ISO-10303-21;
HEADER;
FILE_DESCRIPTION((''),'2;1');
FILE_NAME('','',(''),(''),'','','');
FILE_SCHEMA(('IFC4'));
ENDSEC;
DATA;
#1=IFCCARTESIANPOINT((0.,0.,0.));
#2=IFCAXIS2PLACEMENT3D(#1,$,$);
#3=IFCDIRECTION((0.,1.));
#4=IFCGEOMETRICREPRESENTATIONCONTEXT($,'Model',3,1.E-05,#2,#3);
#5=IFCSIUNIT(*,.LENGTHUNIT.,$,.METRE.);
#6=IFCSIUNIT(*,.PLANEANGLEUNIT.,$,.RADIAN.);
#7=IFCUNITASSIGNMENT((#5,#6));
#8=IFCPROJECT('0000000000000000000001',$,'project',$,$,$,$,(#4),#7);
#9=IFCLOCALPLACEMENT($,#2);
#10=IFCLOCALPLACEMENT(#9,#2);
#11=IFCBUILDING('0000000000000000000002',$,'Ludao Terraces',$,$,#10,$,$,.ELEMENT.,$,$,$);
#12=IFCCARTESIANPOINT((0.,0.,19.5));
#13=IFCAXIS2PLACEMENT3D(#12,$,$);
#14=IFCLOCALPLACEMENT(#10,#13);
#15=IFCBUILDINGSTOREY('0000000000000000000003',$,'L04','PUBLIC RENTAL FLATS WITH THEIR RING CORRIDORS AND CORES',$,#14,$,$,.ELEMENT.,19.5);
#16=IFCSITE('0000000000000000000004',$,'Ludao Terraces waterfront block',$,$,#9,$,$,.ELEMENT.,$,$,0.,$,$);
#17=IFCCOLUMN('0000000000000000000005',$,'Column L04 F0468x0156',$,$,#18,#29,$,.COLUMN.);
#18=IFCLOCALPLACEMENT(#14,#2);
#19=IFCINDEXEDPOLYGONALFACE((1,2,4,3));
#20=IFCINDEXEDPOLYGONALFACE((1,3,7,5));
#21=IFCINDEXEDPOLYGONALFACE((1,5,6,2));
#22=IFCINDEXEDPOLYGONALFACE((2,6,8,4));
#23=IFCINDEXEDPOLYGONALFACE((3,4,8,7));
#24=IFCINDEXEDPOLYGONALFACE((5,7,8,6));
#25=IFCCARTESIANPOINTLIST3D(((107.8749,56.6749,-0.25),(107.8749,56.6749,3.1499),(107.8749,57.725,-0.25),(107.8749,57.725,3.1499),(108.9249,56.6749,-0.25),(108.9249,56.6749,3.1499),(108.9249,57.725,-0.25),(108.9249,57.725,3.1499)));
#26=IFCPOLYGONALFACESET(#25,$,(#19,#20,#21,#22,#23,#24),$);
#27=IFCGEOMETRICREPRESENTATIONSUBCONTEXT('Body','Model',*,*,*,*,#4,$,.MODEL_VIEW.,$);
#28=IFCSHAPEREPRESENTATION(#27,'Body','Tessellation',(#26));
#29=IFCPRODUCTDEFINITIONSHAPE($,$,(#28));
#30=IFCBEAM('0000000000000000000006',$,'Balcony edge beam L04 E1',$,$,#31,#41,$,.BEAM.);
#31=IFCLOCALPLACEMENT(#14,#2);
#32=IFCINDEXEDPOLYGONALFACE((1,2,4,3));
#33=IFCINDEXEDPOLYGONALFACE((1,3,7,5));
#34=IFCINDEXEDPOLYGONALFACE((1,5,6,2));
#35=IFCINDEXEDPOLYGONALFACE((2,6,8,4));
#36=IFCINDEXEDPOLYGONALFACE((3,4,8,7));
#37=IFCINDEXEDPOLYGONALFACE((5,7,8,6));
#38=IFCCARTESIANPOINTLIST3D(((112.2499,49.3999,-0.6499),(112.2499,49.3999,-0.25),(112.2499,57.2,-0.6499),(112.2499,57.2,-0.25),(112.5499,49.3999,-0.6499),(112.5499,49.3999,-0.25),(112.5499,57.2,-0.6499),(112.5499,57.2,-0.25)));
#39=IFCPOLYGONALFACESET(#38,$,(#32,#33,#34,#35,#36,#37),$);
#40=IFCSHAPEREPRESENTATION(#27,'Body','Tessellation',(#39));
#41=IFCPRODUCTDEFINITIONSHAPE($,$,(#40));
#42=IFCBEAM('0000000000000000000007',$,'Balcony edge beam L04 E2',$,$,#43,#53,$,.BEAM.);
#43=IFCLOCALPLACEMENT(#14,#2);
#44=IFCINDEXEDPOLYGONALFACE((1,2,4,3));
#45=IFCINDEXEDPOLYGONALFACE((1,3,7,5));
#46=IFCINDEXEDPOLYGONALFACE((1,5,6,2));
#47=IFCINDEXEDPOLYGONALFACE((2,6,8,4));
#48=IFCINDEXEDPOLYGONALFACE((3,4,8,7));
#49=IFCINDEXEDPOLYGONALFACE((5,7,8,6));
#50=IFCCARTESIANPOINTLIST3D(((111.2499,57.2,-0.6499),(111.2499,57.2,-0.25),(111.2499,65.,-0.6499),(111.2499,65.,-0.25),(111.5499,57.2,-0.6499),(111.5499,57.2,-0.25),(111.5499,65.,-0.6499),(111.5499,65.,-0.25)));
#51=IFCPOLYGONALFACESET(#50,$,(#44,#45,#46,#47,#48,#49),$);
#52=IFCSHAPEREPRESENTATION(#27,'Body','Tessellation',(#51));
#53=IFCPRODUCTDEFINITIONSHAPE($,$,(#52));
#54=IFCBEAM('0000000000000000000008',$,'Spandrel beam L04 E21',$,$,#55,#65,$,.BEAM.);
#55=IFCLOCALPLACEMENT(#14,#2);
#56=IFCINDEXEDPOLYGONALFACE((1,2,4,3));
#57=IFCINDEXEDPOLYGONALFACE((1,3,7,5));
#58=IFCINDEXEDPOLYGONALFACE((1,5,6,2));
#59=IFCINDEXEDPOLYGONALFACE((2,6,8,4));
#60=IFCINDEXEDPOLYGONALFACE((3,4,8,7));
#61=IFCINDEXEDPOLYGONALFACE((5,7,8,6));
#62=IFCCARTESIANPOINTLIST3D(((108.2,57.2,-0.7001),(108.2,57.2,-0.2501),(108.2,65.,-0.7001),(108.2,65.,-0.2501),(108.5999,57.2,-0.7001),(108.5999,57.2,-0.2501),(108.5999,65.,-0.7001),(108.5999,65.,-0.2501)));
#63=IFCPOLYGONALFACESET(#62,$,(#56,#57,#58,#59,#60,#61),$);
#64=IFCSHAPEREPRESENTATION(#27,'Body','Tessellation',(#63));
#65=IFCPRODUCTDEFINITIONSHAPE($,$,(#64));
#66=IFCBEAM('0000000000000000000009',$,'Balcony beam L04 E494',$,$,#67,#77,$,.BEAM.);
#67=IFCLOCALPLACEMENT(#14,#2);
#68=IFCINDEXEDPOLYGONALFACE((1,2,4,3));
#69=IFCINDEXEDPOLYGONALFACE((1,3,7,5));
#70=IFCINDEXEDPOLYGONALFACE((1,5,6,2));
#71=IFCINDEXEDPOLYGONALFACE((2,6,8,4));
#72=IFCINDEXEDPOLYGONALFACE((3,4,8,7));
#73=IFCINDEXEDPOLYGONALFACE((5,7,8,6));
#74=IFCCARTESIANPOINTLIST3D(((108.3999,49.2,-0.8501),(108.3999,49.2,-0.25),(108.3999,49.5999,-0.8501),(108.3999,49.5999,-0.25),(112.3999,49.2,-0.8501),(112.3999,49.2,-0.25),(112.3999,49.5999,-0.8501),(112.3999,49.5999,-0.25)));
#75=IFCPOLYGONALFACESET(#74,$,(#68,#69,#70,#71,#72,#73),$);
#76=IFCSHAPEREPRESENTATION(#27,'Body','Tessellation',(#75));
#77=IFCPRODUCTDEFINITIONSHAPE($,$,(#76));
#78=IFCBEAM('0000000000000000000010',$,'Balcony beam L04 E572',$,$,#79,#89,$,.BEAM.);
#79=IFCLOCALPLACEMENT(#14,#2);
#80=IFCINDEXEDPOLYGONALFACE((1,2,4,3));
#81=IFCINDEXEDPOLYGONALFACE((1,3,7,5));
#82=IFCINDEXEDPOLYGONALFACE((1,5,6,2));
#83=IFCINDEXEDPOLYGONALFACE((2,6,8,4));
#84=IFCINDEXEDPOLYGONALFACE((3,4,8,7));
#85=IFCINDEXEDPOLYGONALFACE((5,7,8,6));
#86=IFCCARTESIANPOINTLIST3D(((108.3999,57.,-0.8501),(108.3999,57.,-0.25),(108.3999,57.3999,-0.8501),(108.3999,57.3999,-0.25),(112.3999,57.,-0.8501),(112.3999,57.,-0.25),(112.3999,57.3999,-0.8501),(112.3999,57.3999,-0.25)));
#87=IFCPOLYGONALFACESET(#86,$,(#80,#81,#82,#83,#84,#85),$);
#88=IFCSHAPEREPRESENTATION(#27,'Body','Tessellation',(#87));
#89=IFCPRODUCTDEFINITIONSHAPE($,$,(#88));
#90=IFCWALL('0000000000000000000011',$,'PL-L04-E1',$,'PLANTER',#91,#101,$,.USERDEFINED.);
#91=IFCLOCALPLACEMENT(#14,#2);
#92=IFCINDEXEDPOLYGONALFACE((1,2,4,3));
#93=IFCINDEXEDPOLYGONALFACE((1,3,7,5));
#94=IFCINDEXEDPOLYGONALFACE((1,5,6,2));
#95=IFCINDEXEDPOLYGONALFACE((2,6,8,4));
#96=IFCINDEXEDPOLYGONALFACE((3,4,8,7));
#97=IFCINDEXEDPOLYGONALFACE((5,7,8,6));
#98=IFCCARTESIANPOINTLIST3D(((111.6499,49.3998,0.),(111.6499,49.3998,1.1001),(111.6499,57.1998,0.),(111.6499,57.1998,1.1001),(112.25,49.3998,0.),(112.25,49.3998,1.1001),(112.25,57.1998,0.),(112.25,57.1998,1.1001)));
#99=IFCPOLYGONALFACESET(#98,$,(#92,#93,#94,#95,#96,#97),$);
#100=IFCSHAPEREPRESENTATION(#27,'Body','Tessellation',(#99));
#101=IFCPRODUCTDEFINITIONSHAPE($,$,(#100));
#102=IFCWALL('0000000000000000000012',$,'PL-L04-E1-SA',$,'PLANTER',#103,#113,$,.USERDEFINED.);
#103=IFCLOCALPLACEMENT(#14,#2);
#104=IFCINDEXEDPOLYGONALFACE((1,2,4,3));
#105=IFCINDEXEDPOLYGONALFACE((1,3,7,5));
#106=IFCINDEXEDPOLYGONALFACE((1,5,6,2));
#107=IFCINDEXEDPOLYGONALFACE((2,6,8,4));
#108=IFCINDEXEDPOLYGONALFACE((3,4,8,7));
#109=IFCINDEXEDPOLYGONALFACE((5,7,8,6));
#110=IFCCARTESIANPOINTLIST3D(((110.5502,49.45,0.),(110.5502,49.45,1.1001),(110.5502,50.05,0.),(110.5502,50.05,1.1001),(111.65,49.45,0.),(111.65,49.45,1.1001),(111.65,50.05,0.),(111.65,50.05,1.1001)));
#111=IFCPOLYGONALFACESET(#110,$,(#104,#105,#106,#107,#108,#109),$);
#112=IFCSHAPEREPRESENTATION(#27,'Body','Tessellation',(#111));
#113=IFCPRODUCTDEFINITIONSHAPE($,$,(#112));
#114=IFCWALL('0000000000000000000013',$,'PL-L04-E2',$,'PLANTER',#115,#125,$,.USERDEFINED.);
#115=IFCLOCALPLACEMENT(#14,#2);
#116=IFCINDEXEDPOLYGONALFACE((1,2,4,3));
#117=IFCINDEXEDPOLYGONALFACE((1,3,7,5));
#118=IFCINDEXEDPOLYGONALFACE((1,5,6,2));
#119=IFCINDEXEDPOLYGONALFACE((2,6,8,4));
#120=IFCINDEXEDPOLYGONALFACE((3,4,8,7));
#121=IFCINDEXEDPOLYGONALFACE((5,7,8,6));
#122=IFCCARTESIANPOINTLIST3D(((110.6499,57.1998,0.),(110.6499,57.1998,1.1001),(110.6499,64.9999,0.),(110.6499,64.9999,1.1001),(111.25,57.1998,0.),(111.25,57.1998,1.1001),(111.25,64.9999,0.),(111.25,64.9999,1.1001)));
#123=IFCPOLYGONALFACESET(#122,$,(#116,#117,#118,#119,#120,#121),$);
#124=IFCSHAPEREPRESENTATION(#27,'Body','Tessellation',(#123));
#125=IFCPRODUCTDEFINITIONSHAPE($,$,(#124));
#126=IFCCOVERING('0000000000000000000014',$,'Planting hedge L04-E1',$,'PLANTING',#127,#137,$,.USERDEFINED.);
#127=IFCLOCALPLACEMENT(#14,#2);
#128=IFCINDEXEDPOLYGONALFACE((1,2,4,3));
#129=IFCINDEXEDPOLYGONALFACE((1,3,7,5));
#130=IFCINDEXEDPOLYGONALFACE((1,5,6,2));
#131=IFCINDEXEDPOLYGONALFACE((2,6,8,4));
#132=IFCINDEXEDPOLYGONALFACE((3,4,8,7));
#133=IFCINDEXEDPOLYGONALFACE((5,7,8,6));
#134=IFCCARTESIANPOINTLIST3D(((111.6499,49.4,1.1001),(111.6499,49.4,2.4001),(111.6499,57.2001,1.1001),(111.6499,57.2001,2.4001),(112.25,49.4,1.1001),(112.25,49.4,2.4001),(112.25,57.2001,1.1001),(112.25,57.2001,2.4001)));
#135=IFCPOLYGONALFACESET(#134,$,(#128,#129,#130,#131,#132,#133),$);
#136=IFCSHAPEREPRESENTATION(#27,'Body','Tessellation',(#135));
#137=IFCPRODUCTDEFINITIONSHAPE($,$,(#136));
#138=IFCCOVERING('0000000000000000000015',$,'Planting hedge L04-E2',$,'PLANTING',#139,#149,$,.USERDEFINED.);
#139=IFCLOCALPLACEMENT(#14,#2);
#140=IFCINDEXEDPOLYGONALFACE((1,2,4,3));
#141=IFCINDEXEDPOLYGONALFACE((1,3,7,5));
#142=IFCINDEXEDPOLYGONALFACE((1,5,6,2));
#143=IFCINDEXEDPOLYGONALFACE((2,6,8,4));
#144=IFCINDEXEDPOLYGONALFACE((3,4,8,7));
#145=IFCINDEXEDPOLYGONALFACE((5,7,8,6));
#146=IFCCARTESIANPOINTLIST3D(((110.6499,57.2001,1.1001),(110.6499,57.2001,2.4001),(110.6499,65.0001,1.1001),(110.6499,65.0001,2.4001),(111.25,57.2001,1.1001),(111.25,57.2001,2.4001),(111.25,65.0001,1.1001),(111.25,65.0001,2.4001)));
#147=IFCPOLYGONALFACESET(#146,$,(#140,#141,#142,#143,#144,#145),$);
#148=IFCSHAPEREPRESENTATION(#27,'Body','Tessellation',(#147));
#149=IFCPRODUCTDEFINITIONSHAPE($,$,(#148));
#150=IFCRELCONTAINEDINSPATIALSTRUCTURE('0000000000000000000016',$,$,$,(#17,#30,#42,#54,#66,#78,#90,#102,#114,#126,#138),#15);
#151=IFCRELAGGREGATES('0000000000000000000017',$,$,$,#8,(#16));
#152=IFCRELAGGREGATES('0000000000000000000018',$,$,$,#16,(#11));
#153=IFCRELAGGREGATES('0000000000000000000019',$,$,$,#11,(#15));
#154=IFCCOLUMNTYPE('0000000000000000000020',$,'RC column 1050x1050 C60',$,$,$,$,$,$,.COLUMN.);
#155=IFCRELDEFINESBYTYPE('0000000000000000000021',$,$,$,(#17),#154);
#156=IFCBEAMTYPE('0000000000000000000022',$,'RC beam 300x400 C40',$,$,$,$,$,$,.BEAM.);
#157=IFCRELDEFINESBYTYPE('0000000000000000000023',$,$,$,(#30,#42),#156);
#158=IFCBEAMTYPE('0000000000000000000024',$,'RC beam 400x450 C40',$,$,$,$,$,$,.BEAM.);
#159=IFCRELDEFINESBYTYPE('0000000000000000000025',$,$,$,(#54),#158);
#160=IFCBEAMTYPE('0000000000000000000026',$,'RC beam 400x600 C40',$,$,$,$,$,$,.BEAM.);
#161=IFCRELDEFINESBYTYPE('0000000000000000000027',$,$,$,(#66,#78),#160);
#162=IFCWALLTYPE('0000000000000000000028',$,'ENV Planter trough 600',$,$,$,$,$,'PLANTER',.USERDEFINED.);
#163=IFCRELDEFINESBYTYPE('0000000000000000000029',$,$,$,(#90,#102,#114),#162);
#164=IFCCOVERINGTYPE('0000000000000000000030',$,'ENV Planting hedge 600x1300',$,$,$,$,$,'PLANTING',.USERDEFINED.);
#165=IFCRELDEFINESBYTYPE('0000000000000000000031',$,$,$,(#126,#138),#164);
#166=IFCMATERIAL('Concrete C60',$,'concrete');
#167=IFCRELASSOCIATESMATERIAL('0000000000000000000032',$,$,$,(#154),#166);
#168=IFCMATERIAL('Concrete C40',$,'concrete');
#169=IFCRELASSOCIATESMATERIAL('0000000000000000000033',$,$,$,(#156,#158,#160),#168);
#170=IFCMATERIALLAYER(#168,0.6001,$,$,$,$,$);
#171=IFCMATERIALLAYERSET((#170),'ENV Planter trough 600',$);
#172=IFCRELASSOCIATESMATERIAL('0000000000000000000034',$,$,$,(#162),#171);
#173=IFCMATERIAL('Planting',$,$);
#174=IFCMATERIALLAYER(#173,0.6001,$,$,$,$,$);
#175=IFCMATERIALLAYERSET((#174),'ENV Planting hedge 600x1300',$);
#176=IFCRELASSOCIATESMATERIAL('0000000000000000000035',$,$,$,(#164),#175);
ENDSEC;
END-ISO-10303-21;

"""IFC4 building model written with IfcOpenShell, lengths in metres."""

from ifc_helpers import new_model, si_unit, direction, frame, frame_2d, origin, origin_2d, place, context, subcontext, project, spatial, rectangle, extrude, material, layer, layer_set, material_profile, profile_set, type_object, element, save


model = new_model("IFC4")

# Units and contexts
model_context = context("Model", 3, precision=1e-05, world=origin(), true_north=direction((0.0, 1.0)))
body_context = subcontext(model_context, "Body", "Model", "MODEL_VIEW")
ifc_project = project(units=[si_unit("LENGTHUNIT", "METRE"), si_unit("PLANEANGLEUNIT", "RADIAN")], contexts=[model_context])

# Site, building, storey
site_placement = place(None, origin())
site = spatial("IfcSite", under=ifc_project, at=site_placement, Name="Ludao Terraces waterfront block", CompositionType="ELEMENT", RefElevation=0.0)
building_placement = place(site_placement, origin())
building = spatial("IfcBuilding", under=site, at=building_placement, Name="Ludao Terraces", CompositionType="ELEMENT")
storey_placement = place(building_placement, frame((0.0, 0.0, 19.5)))
storey = spatial("IfcBuildingStorey", under=building, at=storey_placement, Name="L04", Description="PUBLIC RENTAL FLATS WITH THEIR RING CORRIDORS AND CORES", CompositionType="ELEMENT", Elevation=19.5)

# Column
ifc_material_1 = material(Name="Concrete C60", Category="concrete")
ifc_material_profile_1 = material_profile(ifc_material_1, rectangle(XDim=1.05, YDim=1.05, at=origin_2d()), Name="1050 X 1050")
ifc_profile_set_1 = profile_set([ifc_material_profile_1], Name="Concrete C60")
column_type = type_object("IfcColumnType", Name="RC column 1050x1050 C60", PredefinedType="COLUMN", material=ifc_profile_set_1)
column_placement = place(storey_placement, frame((108.3999, 57.2, -0.25), z_axis=(0.0, 0.0, 1.0), x_axis=(1.0, 0.0, 0.0)))
element("IfcColumn", 1, at=column_placement, inside=storey, type_object=column_type, Name="Column L04 F0468x0156", PredefinedType="COLUMN", context=body_context, shape_type="SweptSolid", body=[
    extrude(rectangle(XDim=1.05, YDim=1.05, at=origin_2d()), origin(), (0.0, 0.0, 1.0), 3.3999),
])

# Beams
ifc_material_2 = material(Name="Concrete C40", Category="concrete")
ifc_material_profile_2 = material_profile(ifc_material_2, rectangle(XDim=0.3, YDim=0.3999, at=origin_2d()), Name="300 X 400")
ifc_profile_set_2 = profile_set([ifc_material_profile_2], Name="Concrete C40")
beam_type_1 = type_object("IfcBeamType", Name="RC beam 300x400 C40", PredefinedType="BEAM", material=ifc_profile_set_2)
for number, where, z_axis, x_axis, name in (
    (2, (112.3999, 49.3999, -0.45), (0.0, 1.0, 0.0), (-1.0, 0.0, 0.0), "Balcony edge beam L04 E1"),
    (3, (111.3999, 57.2, -0.45), (0.0, 1.0, 0.0), (-1.0, 0.0, 0.0), "Balcony edge beam L04 E2"),
):
    element("IfcBeam", number, at=place(storey_placement, frame(where, z_axis=z_axis, x_axis=x_axis)), inside=storey, type_object=beam_type_1, Name=name, PredefinedType="BEAM", context=body_context, shape_type="SweptSolid", body=[
        extrude(rectangle(XDim=0.3, YDim=0.3999, at=origin_2d()), origin(), (0.0, 0.0, 1.0), 7.8),
    ])
ifc_material_profile_3 = material_profile(ifc_material_2, rectangle(XDim=0.3999, YDim=0.45, at=origin_2d()), Name="400 X 450")
ifc_profile_set_3 = profile_set([ifc_material_profile_3], Name="Concrete C40")
beam_type_2 = type_object("IfcBeamType", Name="RC beam 400x450 C40", PredefinedType="BEAM", material=ifc_profile_set_3)
beam_placement = place(storey_placement, frame((108.3999, 57.2, -0.4751), z_axis=(0.0, 1.0, 0.0), x_axis=(-1.0, 0.0, 0.0)))
element("IfcBeam", 4, at=beam_placement, inside=storey, type_object=beam_type_2, Name="Spandrel beam L04 E21", PredefinedType="BEAM", context=body_context, shape_type="SweptSolid", body=[
    extrude(rectangle(XDim=0.3999, YDim=0.45, at=origin_2d()), origin(), (0.0, 0.0, 1.0), 7.8),
])
ifc_material_profile_4 = material_profile(ifc_material_2, rectangle(XDim=0.3999, YDim=0.6001, at=origin_2d()), Name="400 X 600")
ifc_profile_set_4 = profile_set([ifc_material_profile_4], Name="Concrete C40")
beam_type_3 = type_object("IfcBeamType", Name="RC beam 400x600 C40", PredefinedType="BEAM", material=ifc_profile_set_4)
for number, where, z_axis, x_axis, name in (
    (5, (108.3999, 49.3999, -0.55), (1.0, 0.0, 0.0), (0.0, 1.0, 0.0), "Balcony beam L04 E494"),
    (6, (108.3999, 57.2, -0.55), (1.0, 0.0, 0.0), (0.0, 1.0, 0.0), "Balcony beam L04 E572"),
):
    element("IfcBeam", number, at=place(storey_placement, frame(where, z_axis=z_axis, x_axis=x_axis)), inside=storey, type_object=beam_type_3, Name=name, PredefinedType="BEAM", context=body_context, shape_type="SweptSolid", body=[
        extrude(rectangle(XDim=0.3999, YDim=0.6001, at=origin_2d()), origin(), (0.0, 0.0, 1.0), 4.0),
    ])

# Walls
ifc_layer_1 = layer(ifc_material_2, 0.6001)
ifc_layer_set_1 = layer_set([ifc_layer_1], Name="ENV Planter trough 600")
wall_type_1 = type_object("IfcWallType", Name="ENV Planter trough 600", ElementType="PLANTER", PredefinedType="USERDEFINED", material=ifc_layer_set_1)
wall_1_placement = place(storey_placement, frame((111.95, 49.3999, 0.0), z_axis=(0.0, 0.0, 1.0), x_axis=(0.0, 1.0, 0.0)))
element("IfcWall", 7, at=wall_1_placement, inside=storey, type_object=wall_type_1, Name="PL-L04-E1", ObjectType="PLANTER", PredefinedType="USERDEFINED", context=body_context, shape_type="SweptSolid", body=[
    extrude(rectangle(XDim=7.8, YDim=0.6001, at=frame_2d((3.8999, 0.0))), origin(), (0.0, 0.0, 1.0), 1.1001),
])
wall_2_placement = place(storey_placement, frame((111.6499, 49.75, 0.0), z_axis=(0.0, 0.0, 1.0), x_axis=(-1.0, 0.0, 0.0)))
element("IfcWall", 8, at=wall_2_placement, inside=storey, type_object=wall_type_1, Name="PL-L04-E1-SA", ObjectType="PLANTER", PredefinedType="USERDEFINED", context=body_context, shape_type="SweptSolid", body=[
    extrude(rectangle(XDim=1.0999, YDim=0.6001, at=frame_2d((0.5498, 0.0))), origin(), (0.0, 0.0, 1.0), 1.1001),
])
wall_3_placement = place(storey_placement, frame((110.95, 57.2, 0.0), z_axis=(0.0, 0.0, 1.0), x_axis=(0.0, 1.0, 0.0)))
element("IfcWall", 9, at=wall_3_placement, inside=storey, type_object=wall_type_1, Name="PL-L04-E2", ObjectType="PLANTER", PredefinedType="USERDEFINED", context=body_context, shape_type="SweptSolid", body=[
    extrude(rectangle(XDim=7.8, YDim=0.6001, at=frame_2d((3.8999, 0.0))), origin(), (0.0, 0.0, 1.0), 1.1001),
])

# Coverings
ifc_material_3 = material(Name="Planting")
ifc_layer_2 = layer(ifc_material_3, 0.6001)
ifc_layer_set_2 = layer_set([ifc_layer_2], Name="ENV Planting hedge 600x1300")
covering_type = type_object("IfcCoveringType", Name="ENV Planting hedge 600x1300", ElementType="PLANTING", PredefinedType="USERDEFINED", material=ifc_layer_set_2)
for number, where, z_axis, x_axis, name in (
    (10, (111.95, 53.3, 1.1001), (0.0, 0.0, 1.0), (1.0, 0.0, 0.0), "Planting hedge L04-E1"),
    (11, (110.95, 61.1001, 1.1001), (0.0, 0.0, 1.0), (1.0, 0.0, 0.0), "Planting hedge L04-E2"),
):
    element("IfcCovering", number, at=place(storey_placement, frame(where, z_axis=z_axis, x_axis=x_axis)), inside=storey, type_object=covering_type, Name=name, ObjectType="PLANTING", PredefinedType="USERDEFINED", context=body_context, shape_type="SweptSolid", body=[
        extrude(rectangle(XDim=0.6001, YDim=7.8, at=origin_2d()), origin(), (0.0, 0.0, 1.0), 1.3),
    ])

save(model, "model.ifc")
